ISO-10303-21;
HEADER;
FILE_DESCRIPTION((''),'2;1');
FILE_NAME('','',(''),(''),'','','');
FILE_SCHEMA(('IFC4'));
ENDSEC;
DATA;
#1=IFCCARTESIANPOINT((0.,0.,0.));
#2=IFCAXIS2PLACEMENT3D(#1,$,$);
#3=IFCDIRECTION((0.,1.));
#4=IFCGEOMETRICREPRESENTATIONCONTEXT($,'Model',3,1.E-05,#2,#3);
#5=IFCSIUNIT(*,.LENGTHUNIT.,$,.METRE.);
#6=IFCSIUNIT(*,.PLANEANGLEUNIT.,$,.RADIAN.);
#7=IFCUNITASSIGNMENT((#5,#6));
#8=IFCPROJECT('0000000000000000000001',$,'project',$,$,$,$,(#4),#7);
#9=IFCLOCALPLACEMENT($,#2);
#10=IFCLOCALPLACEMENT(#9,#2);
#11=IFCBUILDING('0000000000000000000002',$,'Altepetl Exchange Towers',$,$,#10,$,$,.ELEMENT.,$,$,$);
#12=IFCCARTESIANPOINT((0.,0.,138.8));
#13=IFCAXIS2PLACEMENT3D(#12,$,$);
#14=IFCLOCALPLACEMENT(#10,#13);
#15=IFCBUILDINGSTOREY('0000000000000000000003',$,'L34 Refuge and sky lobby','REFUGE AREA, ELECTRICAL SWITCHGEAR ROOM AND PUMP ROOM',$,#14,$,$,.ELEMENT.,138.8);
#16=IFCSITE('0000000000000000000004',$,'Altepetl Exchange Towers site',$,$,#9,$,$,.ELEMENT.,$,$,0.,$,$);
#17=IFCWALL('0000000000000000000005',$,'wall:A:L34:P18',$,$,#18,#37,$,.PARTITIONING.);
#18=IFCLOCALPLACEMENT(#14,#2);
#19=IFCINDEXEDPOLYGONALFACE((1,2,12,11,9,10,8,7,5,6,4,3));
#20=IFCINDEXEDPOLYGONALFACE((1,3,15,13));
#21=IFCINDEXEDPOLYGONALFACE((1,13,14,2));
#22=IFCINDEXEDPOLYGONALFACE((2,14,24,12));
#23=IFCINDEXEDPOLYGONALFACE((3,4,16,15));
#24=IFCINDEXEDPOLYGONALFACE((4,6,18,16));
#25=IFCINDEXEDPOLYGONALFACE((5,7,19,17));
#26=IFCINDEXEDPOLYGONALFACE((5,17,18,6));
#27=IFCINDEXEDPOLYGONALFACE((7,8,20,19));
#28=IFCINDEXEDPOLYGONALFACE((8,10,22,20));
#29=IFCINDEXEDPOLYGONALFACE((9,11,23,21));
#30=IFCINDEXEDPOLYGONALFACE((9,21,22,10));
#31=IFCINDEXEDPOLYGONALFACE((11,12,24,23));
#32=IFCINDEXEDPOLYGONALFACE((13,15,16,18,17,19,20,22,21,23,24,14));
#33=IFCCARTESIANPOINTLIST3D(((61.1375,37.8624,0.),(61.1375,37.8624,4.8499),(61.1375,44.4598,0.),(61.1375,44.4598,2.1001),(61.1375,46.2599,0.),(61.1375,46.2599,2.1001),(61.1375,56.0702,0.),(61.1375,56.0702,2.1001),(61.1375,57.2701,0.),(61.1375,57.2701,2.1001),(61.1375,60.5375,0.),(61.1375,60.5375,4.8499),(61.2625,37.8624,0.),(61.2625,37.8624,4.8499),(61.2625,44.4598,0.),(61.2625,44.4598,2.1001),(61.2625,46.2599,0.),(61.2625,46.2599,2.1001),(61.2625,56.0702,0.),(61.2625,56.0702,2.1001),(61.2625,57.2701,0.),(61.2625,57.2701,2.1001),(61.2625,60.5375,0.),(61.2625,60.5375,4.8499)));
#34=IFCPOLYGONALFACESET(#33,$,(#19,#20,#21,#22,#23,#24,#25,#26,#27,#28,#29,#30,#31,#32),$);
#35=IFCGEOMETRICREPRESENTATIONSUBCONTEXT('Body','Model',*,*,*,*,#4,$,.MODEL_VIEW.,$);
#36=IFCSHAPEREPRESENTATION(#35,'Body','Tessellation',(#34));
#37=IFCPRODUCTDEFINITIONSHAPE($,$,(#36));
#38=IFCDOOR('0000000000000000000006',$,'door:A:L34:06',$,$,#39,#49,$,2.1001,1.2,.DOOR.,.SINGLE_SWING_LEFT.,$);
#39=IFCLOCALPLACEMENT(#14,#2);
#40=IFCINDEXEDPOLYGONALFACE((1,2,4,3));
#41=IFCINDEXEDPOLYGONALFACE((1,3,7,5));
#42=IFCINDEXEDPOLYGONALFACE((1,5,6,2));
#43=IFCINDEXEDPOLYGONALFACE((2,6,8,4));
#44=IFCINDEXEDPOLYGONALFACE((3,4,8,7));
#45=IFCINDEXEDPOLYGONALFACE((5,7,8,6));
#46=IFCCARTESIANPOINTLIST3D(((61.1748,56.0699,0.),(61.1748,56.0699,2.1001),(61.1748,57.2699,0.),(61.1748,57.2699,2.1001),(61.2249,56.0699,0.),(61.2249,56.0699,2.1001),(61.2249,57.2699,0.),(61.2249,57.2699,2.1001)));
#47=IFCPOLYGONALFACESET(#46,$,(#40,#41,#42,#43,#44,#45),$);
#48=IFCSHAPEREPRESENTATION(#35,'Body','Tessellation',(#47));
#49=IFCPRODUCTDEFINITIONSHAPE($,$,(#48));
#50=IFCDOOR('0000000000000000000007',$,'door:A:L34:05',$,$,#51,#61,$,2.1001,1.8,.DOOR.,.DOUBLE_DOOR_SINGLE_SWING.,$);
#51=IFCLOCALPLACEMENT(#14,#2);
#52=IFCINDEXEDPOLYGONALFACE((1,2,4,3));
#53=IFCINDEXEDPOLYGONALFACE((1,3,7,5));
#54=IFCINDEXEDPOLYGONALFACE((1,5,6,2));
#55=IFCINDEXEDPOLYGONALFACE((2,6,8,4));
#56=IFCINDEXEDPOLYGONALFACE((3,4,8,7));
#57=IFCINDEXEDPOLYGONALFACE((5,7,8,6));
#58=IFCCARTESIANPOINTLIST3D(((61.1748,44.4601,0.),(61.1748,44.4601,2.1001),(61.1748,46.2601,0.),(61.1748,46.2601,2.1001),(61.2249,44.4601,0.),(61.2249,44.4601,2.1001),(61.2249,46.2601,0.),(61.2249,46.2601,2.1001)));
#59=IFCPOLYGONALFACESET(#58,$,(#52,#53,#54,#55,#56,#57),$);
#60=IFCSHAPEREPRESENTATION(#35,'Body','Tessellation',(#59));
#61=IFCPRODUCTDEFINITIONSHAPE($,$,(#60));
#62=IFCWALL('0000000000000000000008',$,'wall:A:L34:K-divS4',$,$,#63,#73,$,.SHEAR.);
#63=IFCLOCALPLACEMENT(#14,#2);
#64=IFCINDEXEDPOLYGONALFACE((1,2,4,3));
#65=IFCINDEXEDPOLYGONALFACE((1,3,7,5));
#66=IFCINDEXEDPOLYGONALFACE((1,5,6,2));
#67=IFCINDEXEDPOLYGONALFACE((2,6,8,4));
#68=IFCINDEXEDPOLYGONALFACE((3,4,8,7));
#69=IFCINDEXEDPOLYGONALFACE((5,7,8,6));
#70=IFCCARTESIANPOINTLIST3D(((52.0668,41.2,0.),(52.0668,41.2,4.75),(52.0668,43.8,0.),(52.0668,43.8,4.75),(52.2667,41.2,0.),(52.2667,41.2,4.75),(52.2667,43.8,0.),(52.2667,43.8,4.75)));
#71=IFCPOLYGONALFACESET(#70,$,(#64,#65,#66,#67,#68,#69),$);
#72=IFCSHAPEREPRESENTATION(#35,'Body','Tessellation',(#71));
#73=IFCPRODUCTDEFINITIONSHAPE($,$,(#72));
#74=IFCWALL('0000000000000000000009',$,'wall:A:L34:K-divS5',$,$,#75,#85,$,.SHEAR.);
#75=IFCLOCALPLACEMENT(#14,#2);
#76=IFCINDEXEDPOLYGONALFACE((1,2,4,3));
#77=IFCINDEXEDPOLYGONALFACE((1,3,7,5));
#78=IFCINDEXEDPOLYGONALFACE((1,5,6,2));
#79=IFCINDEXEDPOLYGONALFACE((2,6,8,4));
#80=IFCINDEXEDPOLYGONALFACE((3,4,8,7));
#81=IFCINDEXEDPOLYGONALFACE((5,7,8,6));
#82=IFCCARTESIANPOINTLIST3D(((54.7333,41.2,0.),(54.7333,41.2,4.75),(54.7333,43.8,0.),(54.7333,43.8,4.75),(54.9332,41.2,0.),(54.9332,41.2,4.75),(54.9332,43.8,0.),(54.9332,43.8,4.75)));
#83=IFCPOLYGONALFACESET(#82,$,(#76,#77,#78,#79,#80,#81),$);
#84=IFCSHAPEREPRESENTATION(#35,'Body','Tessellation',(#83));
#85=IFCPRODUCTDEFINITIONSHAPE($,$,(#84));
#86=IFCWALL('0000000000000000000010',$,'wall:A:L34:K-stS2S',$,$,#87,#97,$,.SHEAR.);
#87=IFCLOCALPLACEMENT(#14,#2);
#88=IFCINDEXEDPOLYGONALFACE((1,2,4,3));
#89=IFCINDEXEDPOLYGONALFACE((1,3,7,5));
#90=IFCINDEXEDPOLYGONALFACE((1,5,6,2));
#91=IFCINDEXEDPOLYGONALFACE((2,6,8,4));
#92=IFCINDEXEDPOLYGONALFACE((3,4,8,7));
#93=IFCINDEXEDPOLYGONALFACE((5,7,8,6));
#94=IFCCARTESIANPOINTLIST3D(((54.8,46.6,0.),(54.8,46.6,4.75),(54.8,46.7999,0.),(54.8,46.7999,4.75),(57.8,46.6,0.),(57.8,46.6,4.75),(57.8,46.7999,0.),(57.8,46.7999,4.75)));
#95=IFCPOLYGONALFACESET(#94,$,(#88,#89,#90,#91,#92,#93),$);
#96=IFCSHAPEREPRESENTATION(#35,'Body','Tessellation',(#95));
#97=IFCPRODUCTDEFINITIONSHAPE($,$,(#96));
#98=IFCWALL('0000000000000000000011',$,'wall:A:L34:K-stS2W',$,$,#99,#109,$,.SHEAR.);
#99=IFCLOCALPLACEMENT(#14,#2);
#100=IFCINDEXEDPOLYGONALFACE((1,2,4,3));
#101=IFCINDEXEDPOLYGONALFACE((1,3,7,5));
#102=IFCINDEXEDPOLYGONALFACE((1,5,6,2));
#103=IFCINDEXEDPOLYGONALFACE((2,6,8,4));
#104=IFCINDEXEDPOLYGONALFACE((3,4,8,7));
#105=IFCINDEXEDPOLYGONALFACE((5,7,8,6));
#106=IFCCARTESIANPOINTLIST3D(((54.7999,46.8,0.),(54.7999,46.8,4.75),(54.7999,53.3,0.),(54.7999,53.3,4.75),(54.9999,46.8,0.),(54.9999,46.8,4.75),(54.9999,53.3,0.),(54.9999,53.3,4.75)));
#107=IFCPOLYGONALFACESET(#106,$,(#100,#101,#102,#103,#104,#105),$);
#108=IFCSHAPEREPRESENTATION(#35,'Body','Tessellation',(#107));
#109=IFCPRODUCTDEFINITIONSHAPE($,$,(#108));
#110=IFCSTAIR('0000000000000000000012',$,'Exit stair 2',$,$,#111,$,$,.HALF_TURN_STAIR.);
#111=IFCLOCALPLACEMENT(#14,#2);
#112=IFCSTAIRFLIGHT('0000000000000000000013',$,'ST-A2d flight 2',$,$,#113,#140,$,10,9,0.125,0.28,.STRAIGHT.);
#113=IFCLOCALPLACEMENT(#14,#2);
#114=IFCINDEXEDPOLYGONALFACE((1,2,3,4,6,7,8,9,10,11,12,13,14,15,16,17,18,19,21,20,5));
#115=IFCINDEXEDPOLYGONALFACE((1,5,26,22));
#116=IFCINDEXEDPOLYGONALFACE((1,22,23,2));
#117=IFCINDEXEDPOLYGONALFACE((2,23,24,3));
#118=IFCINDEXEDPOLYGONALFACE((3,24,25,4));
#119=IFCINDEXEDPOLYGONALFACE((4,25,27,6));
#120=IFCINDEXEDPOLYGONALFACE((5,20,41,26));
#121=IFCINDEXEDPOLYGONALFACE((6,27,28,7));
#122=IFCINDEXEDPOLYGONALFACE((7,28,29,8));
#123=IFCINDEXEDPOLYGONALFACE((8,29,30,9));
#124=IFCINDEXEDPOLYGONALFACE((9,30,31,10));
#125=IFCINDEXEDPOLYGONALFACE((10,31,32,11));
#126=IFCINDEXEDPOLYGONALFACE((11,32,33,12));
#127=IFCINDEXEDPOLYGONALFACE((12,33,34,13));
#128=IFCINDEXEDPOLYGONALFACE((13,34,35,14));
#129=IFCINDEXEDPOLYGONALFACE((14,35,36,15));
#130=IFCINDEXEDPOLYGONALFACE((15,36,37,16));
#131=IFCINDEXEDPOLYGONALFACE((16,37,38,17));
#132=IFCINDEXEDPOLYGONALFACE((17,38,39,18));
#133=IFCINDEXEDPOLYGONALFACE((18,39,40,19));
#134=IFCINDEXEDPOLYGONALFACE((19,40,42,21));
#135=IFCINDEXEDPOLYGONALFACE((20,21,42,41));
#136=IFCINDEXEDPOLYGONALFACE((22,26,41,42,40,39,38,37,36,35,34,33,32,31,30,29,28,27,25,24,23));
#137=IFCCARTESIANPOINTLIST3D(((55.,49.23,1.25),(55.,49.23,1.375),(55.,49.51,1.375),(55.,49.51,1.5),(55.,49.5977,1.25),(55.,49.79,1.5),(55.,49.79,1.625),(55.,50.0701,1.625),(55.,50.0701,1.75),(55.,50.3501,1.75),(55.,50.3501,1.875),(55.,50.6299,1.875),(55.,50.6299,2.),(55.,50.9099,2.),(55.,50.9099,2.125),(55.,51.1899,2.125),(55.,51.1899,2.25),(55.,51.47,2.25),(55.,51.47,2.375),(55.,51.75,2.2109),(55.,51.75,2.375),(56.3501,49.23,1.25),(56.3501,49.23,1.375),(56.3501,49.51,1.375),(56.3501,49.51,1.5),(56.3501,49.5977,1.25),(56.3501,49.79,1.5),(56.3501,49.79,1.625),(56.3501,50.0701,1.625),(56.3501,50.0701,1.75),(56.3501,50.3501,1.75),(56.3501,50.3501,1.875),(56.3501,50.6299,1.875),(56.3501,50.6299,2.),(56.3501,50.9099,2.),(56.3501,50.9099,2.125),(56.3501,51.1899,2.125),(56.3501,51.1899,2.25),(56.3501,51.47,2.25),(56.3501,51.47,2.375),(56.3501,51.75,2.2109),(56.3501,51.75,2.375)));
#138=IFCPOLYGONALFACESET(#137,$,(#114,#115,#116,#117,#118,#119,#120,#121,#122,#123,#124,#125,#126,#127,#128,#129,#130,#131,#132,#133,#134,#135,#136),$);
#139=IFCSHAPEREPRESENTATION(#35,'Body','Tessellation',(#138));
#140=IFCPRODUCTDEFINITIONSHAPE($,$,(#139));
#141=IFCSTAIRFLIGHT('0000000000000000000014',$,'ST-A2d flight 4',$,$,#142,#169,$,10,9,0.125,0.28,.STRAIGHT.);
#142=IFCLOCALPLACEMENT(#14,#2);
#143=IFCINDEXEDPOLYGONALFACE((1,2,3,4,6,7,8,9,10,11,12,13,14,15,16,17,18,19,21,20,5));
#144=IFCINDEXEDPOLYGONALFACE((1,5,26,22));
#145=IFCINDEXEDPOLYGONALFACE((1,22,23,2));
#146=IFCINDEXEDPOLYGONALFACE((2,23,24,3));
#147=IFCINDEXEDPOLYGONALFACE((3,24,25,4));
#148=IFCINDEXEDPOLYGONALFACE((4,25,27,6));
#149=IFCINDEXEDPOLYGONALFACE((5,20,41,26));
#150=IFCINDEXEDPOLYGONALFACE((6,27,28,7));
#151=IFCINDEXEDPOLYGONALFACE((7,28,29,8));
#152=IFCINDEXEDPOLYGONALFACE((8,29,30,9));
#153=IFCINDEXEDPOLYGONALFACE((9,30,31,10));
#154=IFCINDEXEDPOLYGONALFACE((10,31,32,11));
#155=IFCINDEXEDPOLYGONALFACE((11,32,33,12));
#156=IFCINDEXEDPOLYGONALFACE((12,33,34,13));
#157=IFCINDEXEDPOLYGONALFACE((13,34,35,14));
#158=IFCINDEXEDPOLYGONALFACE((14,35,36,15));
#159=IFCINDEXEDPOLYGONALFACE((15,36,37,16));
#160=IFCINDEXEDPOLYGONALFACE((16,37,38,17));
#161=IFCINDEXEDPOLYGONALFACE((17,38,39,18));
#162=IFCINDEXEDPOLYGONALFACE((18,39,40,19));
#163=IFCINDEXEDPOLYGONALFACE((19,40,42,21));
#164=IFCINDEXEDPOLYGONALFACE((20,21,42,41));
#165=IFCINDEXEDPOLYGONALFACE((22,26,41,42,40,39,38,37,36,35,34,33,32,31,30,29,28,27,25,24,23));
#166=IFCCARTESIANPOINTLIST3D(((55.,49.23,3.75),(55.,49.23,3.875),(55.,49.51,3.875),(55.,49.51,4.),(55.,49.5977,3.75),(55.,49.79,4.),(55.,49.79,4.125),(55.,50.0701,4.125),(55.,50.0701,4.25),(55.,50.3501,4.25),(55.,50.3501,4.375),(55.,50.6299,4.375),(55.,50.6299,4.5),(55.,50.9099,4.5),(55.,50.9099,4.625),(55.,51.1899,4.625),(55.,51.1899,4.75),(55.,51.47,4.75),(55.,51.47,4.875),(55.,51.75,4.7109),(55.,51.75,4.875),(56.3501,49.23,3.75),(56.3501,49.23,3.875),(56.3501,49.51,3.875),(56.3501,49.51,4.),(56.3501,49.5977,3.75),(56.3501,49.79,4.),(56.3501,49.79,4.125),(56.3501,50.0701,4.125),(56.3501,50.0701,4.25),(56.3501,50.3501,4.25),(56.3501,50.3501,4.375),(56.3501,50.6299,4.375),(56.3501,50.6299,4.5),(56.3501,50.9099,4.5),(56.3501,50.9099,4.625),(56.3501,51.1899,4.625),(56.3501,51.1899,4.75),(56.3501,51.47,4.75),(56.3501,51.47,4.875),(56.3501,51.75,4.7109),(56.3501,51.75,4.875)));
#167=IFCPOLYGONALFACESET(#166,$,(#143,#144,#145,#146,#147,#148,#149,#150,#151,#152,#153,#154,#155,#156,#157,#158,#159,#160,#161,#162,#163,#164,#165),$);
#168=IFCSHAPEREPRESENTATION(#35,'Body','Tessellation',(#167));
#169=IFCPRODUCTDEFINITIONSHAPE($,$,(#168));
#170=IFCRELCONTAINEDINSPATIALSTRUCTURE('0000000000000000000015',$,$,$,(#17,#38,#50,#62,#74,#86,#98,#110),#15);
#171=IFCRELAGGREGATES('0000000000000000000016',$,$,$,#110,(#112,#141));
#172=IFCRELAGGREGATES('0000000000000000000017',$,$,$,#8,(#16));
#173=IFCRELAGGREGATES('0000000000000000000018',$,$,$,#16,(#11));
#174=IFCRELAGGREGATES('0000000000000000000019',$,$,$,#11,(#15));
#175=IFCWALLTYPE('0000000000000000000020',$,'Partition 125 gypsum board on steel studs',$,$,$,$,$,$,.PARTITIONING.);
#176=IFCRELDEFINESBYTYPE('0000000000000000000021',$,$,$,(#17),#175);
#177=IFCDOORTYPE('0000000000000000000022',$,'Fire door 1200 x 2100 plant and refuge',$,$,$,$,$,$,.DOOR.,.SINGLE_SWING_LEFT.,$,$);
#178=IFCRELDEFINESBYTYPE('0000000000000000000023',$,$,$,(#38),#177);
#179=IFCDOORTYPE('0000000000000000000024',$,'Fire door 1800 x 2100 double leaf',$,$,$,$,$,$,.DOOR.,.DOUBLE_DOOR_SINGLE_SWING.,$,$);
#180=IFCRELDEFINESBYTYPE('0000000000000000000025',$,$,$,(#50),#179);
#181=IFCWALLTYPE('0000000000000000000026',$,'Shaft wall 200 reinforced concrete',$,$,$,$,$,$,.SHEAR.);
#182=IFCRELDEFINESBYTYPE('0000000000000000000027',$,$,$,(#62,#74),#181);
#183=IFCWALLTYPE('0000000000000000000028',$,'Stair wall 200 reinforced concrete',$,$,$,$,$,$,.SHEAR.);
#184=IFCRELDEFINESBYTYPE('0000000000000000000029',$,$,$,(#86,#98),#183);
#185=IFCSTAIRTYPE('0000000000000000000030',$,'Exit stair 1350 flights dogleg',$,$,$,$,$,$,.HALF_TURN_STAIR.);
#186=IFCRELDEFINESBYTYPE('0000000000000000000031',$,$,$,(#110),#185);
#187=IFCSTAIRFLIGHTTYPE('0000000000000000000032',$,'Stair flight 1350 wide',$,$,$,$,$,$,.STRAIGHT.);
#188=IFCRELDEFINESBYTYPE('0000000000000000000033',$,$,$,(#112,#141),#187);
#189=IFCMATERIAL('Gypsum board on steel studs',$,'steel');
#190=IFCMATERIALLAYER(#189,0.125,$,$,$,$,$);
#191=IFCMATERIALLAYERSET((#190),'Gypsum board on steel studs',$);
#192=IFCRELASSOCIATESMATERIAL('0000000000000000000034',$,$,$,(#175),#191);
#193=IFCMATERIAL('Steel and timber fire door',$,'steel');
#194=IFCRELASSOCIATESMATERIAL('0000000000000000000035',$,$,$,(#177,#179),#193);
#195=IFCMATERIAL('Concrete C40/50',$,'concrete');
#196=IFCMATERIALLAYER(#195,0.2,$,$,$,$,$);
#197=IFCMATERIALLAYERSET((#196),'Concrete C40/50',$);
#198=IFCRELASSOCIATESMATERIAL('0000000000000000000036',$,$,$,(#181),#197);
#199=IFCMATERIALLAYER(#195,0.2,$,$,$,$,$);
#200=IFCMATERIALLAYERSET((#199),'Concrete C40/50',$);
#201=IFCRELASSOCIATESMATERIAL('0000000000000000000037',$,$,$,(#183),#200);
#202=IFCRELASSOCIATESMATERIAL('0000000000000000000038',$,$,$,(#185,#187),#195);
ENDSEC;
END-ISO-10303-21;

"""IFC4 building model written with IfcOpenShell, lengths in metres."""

from ifc_helpers import new_model, si_unit, direction, frame, frame_2d, origin, place, context, subcontext, project, spatial, polyline, rectangle, outline, extrude, material, layer, layer_set, type_object, element, fill, aggregate, save


model = new_model("IFC4")

# Units and contexts
model_context = context("Model", 3, precision=1e-05, world=origin(), true_north=direction((0.0, 1.0)))
body_context = subcontext(model_context, "Body", "Model", "MODEL_VIEW")
ifc_project = project(units=[si_unit("LENGTHUNIT", "METRE"), si_unit("PLANEANGLEUNIT", "RADIAN")], contexts=[model_context])

# Site, building, storey
site_placement = place(None, origin())
site = spatial("IfcSite", under=ifc_project, at=site_placement, Name="Altepetl Exchange Towers site", CompositionType="ELEMENT", RefElevation=0.0)
building_placement = place(site_placement, origin())
building = spatial("IfcBuilding", under=site, at=building_placement, Name="Altepetl Exchange Towers", CompositionType="ELEMENT")
storey_placement = place(building_placement, frame((0.0, 0.0, 138.8)))
storey = spatial("IfcBuildingStorey", under=building, at=storey_placement, Name="L34 Refuge and sky lobby", Description="REFUGE AREA, ELECTRICAL SWITCHGEAR ROOM AND PUMP ROOM", CompositionType="ELEMENT", Elevation=138.8)

# Shared definitions
ifc_material_1 = material(Name="Steel and timber fire door", Category="steel")

# Shared definitions
ifc_material_2 = material(Name="Gypsum board on steel studs", Category="steel")
ifc_layer_1 = layer(ifc_material_2, 0.125)
ifc_layer_set_1 = layer_set([ifc_layer_1], Name="Gypsum board on steel studs")
wall_type_1 = type_object("IfcWallType", Name="Partition 125 gypsum board on steel studs", PredefinedType="PARTITIONING", material=ifc_layer_set_1)

# Shared definitions
door_type_1 = type_object("IfcDoorType", Name="Fire door 1200 x 2100 plant and refuge", OperationType="SINGLE_SWING_LEFT", PredefinedType="DOOR", material=ifc_material_1)

# Wall, openings, doors
wall_1_placement = place(storey_placement, frame((61.2, 37.8625, 0.0), z_axis=(0.0, 0.0, 1.0), x_axis=(0.0, 1.0, 0.0)))
wall_1 = element("IfcWall", 1, at=wall_1_placement, inside=storey, type_object=wall_type_1, Name="wall:A:L34:P18", PredefinedType="PARTITIONING", context=body_context, shape_type="SweptSolid", body=[
    extrude(rectangle(XDim=22.675, YDim=0.125, at=frame_2d((11.3374, 0.0))), origin(), (0.0, 0.0, 1.0), 4.8499),
])
opening_1_placement = place(wall_1_placement, frame((6.5974, 0.0, 0.0)))
opening_1 = element("IfcOpeningElement", 2, at=opening_1_placement, cuts=wall_1, PredefinedType="OPENING", context=body_context, shape_type="SweptSolid", body=[
    extrude(rectangle(XDim=1.8, YDim=2.1001, at=frame_2d((0.8999, 1.05))), frame((0.0, 0.0725, 0.0), z_axis=(0.0, -1.0, 0.0), x_axis=(1.0, 0.0, 0.0)), (0.0, 0.0, 1.0), 0.145),
])
opening_2_placement = place(wall_1_placement, frame((18.2075, 0.0, 0.0)))
opening_2 = element("IfcOpeningElement", 3, at=opening_2_placement, cuts=wall_1, PredefinedType="OPENING", context=body_context, shape_type="SweptSolid", body=[
    extrude(rectangle(XDim=1.2, YDim=2.1001, at=frame_2d((0.6001, 1.05))), frame((0.0, 0.0725, 0.0), z_axis=(0.0, -1.0, 0.0), x_axis=(1.0, 0.0, 0.0)), (0.0, 0.0, 1.0), 0.145),
])
door_1_placement = place(opening_2_placement, frame((1.2, 0.0, 0.0), x_axis=(-1.0, 0.0, 0.0)))
door_1 = element("IfcDoor", 4, at=door_1_placement, inside=storey, type_object=door_type_1, Name="door:A:L34:06", OperationType="SINGLE_SWING_LEFT", OverallHeight=2.1001, OverallWidth=1.2, PredefinedType="DOOR", context=body_context, shape_type="SweptSolid", body=[
    extrude(rectangle(XDim=1.2, YDim=2.1001, at=frame_2d((0.6001, 1.05))), frame((0.0, 0.0249, 0.0), z_axis=(0.0, -1.0, 0.0), x_axis=(1.0, 0.0, 0.0)), (0.0, 0.0, 1.0), 0.05),
])
fill(opening_2, door_1)
door_type_2 = type_object("IfcDoorType", Name="Fire door 1800 x 2100 double leaf", OperationType="DOUBLE_DOOR_SINGLE_SWING", PredefinedType="DOOR", material=ifc_material_1)
door_2_placement = place(opening_1_placement, frame((1.8, 0.0, 0.0), x_axis=(-1.0, 0.0, 0.0)))
door_2 = element("IfcDoor", 5, at=door_2_placement, inside=storey, type_object=door_type_2, Name="door:A:L34:05", OperationType="DOUBLE_DOOR_SINGLE_SWING", OverallHeight=2.1001, OverallWidth=1.8, PredefinedType="DOOR", context=body_context, shape_type="SweptSolid", body=[
    extrude(rectangle(XDim=1.8, YDim=2.1001, at=frame_2d((0.8999, 1.05))), frame((0.0, 0.0249, 0.0), z_axis=(0.0, -1.0, 0.0), x_axis=(1.0, 0.0, 0.0)), (0.0, 0.0, 1.0), 0.05),
])
fill(opening_1, door_2)

# Walls
ifc_material_3 = material(Name="Concrete C40/50", Category="concrete")
ifc_layer_2 = layer(ifc_material_3, 0.2)
ifc_layer_set_2 = layer_set([ifc_layer_2], Name="Concrete C40/50")
wall_type_2 = type_object("IfcWallType", Name="Shaft wall 200 reinforced concrete", PredefinedType="SHEAR", material=ifc_layer_set_2)
for number, where, z_axis, x_axis, name in (
    (6, (52.1667, 41.2, 0.0), (0.0, 0.0, 1.0), (0.0, 1.0, 0.0), "wall:A:L34:K-divS4"),
    (7, (54.8333, 41.2, 0.0), (0.0, 0.0, 1.0), (0.0, 1.0, 0.0), "wall:A:L34:K-divS5"),
):
    element("IfcWall", number, at=place(storey_placement, frame(where, z_axis=z_axis, x_axis=x_axis)), inside=storey, type_object=wall_type_2, Name=name, PredefinedType="SHEAR", context=body_context, shape_type="SweptSolid", body=[
        extrude(rectangle(XDim=2.6001, YDim=0.2, at=frame_2d((1.3, 0.0))), origin(), (0.0, 0.0, 1.0), 4.75),
    ])
ifc_layer_3 = layer(ifc_material_3, 0.2)
ifc_layer_set_3 = layer_set([ifc_layer_3], Name="Concrete C40/50")
wall_type_3 = type_object("IfcWallType", Name="Stair wall 200 reinforced concrete", PredefinedType="SHEAR", material=ifc_layer_set_3)
wall_2_placement = place(storey_placement, frame((54.8, 46.7, 0.0)))
element("IfcWall", 8, at=wall_2_placement, inside=storey, type_object=wall_type_3, Name="wall:A:L34:K-stS2S", PredefinedType="SHEAR", context=body_context, shape_type="SweptSolid", body=[
    extrude(rectangle(XDim=3.0, YDim=0.2, at=frame_2d((1.5, 0.0))), origin(), (0.0, 0.0, 1.0), 4.75),
])
wall_3_placement = place(storey_placement, frame((54.8999, 46.8, 0.0), z_axis=(0.0, 0.0, 1.0), x_axis=(0.0, 1.0, 0.0)))
element("IfcWall", 9, at=wall_3_placement, inside=storey, type_object=wall_type_3, Name="wall:A:L34:K-stS2W", PredefinedType="SHEAR", context=body_context, shape_type="SweptSolid", body=[
    extrude(rectangle(XDim=6.5, YDim=0.2, at=frame_2d((3.25, 0.0))), origin(), (0.0, 0.0, 1.0), 4.75),
])

# Stair, stair flights
stair_type = type_object("IfcStairType", Name="Exit stair 1350 flights dogleg", PredefinedType="HALF_TURN_STAIR", material=ifc_material_3)
stair_placement = place(storey_placement, origin())
stair = element("IfcStair", 10, at=stair_placement, inside=storey, type_object=stair_type, Name="Exit stair 2", PredefinedType="HALF_TURN_STAIR")
stair_flight_type = type_object("IfcStairFlightType", Name="Stair flight 1350 wide", PredefinedType="STRAIGHT", material=ifc_material_3)
stair_flight_1_placement = place(storey_placement, frame((55.675, 49.23, 1.25), z_axis=(0.0, 0.0, 1.0), x_axis=(0.0, 1.0, 0.0)))
stair_flight_1 = element("IfcStairFlight", 11, at=stair_flight_1_placement, type_object=stair_flight_type, Name="ST-A2d flight 2", NumberOfRisers=10, NumberOfTreads=9, PredefinedType="STRAIGHT", RiserHeight=0.125, TreadLength=0.28, context=body_context, shape_type="SweptSolid", body=[
    extrude(outline(polyline([(0.0, 0.0), (0.0, 0.125), (0.28, 0.125), (0.28, 0.25), (0.5601, 0.25), (0.5601, 0.375), (0.8401, 0.375), (0.8401, 0.5), (1.1201, 0.5), (1.1201, 0.625), (1.3999, 0.625), (1.3999, 0.75), (1.6799, 0.75), (1.6799, 0.875), (1.96, 0.875), (1.96, 1.0), (2.24, 1.0), (2.24, 1.125), (2.52, 1.125), (2.52, 1.25), (2.52, 0.9609), (0.3677, 0.0), (0.0, 0.0)])), frame((0.0, 0.675, 0.0), z_axis=(0.0, -1.0, 0.0), x_axis=(1.0, 0.0, 0.0)), (0.0, 0.0, 1.0), 1.3501),
])
stair_flight_2_placement = place(storey_placement, frame((55.675, 49.23, 3.75), z_axis=(0.0, 0.0, 1.0), x_axis=(0.0, 1.0, 0.0)))
stair_flight_2 = element("IfcStairFlight", 12, at=stair_flight_2_placement, type_object=stair_flight_type, Name="ST-A2d flight 4", NumberOfRisers=10, NumberOfTreads=9, PredefinedType="STRAIGHT", RiserHeight=0.125, TreadLength=0.28, context=body_context, shape_type="SweptSolid", body=[
    extrude(outline(polyline([(0.0, 0.0), (0.0, 0.125), (0.28, 0.125), (0.28, 0.25), (0.5601, 0.25), (0.5601, 0.375), (0.8401, 0.375), (0.8401, 0.5), (1.1201, 0.5), (1.1201, 0.625), (1.3999, 0.625), (1.3999, 0.75), (1.6799, 0.75), (1.6799, 0.875), (1.96, 0.875), (1.96, 1.0), (2.24, 1.0), (2.24, 1.125), (2.52, 1.125), (2.52, 1.25), (2.52, 0.9609), (0.3677, 0.0), (0.0, 0.0)])), frame((0.0, 0.675, 0.0), z_axis=(0.0, -1.0, 0.0), x_axis=(1.0, 0.0, 0.0)), (0.0, 0.0, 1.0), 1.3501),
])
aggregate(stair, [stair_flight_1, stair_flight_2])

save(model, "model.ifc")
